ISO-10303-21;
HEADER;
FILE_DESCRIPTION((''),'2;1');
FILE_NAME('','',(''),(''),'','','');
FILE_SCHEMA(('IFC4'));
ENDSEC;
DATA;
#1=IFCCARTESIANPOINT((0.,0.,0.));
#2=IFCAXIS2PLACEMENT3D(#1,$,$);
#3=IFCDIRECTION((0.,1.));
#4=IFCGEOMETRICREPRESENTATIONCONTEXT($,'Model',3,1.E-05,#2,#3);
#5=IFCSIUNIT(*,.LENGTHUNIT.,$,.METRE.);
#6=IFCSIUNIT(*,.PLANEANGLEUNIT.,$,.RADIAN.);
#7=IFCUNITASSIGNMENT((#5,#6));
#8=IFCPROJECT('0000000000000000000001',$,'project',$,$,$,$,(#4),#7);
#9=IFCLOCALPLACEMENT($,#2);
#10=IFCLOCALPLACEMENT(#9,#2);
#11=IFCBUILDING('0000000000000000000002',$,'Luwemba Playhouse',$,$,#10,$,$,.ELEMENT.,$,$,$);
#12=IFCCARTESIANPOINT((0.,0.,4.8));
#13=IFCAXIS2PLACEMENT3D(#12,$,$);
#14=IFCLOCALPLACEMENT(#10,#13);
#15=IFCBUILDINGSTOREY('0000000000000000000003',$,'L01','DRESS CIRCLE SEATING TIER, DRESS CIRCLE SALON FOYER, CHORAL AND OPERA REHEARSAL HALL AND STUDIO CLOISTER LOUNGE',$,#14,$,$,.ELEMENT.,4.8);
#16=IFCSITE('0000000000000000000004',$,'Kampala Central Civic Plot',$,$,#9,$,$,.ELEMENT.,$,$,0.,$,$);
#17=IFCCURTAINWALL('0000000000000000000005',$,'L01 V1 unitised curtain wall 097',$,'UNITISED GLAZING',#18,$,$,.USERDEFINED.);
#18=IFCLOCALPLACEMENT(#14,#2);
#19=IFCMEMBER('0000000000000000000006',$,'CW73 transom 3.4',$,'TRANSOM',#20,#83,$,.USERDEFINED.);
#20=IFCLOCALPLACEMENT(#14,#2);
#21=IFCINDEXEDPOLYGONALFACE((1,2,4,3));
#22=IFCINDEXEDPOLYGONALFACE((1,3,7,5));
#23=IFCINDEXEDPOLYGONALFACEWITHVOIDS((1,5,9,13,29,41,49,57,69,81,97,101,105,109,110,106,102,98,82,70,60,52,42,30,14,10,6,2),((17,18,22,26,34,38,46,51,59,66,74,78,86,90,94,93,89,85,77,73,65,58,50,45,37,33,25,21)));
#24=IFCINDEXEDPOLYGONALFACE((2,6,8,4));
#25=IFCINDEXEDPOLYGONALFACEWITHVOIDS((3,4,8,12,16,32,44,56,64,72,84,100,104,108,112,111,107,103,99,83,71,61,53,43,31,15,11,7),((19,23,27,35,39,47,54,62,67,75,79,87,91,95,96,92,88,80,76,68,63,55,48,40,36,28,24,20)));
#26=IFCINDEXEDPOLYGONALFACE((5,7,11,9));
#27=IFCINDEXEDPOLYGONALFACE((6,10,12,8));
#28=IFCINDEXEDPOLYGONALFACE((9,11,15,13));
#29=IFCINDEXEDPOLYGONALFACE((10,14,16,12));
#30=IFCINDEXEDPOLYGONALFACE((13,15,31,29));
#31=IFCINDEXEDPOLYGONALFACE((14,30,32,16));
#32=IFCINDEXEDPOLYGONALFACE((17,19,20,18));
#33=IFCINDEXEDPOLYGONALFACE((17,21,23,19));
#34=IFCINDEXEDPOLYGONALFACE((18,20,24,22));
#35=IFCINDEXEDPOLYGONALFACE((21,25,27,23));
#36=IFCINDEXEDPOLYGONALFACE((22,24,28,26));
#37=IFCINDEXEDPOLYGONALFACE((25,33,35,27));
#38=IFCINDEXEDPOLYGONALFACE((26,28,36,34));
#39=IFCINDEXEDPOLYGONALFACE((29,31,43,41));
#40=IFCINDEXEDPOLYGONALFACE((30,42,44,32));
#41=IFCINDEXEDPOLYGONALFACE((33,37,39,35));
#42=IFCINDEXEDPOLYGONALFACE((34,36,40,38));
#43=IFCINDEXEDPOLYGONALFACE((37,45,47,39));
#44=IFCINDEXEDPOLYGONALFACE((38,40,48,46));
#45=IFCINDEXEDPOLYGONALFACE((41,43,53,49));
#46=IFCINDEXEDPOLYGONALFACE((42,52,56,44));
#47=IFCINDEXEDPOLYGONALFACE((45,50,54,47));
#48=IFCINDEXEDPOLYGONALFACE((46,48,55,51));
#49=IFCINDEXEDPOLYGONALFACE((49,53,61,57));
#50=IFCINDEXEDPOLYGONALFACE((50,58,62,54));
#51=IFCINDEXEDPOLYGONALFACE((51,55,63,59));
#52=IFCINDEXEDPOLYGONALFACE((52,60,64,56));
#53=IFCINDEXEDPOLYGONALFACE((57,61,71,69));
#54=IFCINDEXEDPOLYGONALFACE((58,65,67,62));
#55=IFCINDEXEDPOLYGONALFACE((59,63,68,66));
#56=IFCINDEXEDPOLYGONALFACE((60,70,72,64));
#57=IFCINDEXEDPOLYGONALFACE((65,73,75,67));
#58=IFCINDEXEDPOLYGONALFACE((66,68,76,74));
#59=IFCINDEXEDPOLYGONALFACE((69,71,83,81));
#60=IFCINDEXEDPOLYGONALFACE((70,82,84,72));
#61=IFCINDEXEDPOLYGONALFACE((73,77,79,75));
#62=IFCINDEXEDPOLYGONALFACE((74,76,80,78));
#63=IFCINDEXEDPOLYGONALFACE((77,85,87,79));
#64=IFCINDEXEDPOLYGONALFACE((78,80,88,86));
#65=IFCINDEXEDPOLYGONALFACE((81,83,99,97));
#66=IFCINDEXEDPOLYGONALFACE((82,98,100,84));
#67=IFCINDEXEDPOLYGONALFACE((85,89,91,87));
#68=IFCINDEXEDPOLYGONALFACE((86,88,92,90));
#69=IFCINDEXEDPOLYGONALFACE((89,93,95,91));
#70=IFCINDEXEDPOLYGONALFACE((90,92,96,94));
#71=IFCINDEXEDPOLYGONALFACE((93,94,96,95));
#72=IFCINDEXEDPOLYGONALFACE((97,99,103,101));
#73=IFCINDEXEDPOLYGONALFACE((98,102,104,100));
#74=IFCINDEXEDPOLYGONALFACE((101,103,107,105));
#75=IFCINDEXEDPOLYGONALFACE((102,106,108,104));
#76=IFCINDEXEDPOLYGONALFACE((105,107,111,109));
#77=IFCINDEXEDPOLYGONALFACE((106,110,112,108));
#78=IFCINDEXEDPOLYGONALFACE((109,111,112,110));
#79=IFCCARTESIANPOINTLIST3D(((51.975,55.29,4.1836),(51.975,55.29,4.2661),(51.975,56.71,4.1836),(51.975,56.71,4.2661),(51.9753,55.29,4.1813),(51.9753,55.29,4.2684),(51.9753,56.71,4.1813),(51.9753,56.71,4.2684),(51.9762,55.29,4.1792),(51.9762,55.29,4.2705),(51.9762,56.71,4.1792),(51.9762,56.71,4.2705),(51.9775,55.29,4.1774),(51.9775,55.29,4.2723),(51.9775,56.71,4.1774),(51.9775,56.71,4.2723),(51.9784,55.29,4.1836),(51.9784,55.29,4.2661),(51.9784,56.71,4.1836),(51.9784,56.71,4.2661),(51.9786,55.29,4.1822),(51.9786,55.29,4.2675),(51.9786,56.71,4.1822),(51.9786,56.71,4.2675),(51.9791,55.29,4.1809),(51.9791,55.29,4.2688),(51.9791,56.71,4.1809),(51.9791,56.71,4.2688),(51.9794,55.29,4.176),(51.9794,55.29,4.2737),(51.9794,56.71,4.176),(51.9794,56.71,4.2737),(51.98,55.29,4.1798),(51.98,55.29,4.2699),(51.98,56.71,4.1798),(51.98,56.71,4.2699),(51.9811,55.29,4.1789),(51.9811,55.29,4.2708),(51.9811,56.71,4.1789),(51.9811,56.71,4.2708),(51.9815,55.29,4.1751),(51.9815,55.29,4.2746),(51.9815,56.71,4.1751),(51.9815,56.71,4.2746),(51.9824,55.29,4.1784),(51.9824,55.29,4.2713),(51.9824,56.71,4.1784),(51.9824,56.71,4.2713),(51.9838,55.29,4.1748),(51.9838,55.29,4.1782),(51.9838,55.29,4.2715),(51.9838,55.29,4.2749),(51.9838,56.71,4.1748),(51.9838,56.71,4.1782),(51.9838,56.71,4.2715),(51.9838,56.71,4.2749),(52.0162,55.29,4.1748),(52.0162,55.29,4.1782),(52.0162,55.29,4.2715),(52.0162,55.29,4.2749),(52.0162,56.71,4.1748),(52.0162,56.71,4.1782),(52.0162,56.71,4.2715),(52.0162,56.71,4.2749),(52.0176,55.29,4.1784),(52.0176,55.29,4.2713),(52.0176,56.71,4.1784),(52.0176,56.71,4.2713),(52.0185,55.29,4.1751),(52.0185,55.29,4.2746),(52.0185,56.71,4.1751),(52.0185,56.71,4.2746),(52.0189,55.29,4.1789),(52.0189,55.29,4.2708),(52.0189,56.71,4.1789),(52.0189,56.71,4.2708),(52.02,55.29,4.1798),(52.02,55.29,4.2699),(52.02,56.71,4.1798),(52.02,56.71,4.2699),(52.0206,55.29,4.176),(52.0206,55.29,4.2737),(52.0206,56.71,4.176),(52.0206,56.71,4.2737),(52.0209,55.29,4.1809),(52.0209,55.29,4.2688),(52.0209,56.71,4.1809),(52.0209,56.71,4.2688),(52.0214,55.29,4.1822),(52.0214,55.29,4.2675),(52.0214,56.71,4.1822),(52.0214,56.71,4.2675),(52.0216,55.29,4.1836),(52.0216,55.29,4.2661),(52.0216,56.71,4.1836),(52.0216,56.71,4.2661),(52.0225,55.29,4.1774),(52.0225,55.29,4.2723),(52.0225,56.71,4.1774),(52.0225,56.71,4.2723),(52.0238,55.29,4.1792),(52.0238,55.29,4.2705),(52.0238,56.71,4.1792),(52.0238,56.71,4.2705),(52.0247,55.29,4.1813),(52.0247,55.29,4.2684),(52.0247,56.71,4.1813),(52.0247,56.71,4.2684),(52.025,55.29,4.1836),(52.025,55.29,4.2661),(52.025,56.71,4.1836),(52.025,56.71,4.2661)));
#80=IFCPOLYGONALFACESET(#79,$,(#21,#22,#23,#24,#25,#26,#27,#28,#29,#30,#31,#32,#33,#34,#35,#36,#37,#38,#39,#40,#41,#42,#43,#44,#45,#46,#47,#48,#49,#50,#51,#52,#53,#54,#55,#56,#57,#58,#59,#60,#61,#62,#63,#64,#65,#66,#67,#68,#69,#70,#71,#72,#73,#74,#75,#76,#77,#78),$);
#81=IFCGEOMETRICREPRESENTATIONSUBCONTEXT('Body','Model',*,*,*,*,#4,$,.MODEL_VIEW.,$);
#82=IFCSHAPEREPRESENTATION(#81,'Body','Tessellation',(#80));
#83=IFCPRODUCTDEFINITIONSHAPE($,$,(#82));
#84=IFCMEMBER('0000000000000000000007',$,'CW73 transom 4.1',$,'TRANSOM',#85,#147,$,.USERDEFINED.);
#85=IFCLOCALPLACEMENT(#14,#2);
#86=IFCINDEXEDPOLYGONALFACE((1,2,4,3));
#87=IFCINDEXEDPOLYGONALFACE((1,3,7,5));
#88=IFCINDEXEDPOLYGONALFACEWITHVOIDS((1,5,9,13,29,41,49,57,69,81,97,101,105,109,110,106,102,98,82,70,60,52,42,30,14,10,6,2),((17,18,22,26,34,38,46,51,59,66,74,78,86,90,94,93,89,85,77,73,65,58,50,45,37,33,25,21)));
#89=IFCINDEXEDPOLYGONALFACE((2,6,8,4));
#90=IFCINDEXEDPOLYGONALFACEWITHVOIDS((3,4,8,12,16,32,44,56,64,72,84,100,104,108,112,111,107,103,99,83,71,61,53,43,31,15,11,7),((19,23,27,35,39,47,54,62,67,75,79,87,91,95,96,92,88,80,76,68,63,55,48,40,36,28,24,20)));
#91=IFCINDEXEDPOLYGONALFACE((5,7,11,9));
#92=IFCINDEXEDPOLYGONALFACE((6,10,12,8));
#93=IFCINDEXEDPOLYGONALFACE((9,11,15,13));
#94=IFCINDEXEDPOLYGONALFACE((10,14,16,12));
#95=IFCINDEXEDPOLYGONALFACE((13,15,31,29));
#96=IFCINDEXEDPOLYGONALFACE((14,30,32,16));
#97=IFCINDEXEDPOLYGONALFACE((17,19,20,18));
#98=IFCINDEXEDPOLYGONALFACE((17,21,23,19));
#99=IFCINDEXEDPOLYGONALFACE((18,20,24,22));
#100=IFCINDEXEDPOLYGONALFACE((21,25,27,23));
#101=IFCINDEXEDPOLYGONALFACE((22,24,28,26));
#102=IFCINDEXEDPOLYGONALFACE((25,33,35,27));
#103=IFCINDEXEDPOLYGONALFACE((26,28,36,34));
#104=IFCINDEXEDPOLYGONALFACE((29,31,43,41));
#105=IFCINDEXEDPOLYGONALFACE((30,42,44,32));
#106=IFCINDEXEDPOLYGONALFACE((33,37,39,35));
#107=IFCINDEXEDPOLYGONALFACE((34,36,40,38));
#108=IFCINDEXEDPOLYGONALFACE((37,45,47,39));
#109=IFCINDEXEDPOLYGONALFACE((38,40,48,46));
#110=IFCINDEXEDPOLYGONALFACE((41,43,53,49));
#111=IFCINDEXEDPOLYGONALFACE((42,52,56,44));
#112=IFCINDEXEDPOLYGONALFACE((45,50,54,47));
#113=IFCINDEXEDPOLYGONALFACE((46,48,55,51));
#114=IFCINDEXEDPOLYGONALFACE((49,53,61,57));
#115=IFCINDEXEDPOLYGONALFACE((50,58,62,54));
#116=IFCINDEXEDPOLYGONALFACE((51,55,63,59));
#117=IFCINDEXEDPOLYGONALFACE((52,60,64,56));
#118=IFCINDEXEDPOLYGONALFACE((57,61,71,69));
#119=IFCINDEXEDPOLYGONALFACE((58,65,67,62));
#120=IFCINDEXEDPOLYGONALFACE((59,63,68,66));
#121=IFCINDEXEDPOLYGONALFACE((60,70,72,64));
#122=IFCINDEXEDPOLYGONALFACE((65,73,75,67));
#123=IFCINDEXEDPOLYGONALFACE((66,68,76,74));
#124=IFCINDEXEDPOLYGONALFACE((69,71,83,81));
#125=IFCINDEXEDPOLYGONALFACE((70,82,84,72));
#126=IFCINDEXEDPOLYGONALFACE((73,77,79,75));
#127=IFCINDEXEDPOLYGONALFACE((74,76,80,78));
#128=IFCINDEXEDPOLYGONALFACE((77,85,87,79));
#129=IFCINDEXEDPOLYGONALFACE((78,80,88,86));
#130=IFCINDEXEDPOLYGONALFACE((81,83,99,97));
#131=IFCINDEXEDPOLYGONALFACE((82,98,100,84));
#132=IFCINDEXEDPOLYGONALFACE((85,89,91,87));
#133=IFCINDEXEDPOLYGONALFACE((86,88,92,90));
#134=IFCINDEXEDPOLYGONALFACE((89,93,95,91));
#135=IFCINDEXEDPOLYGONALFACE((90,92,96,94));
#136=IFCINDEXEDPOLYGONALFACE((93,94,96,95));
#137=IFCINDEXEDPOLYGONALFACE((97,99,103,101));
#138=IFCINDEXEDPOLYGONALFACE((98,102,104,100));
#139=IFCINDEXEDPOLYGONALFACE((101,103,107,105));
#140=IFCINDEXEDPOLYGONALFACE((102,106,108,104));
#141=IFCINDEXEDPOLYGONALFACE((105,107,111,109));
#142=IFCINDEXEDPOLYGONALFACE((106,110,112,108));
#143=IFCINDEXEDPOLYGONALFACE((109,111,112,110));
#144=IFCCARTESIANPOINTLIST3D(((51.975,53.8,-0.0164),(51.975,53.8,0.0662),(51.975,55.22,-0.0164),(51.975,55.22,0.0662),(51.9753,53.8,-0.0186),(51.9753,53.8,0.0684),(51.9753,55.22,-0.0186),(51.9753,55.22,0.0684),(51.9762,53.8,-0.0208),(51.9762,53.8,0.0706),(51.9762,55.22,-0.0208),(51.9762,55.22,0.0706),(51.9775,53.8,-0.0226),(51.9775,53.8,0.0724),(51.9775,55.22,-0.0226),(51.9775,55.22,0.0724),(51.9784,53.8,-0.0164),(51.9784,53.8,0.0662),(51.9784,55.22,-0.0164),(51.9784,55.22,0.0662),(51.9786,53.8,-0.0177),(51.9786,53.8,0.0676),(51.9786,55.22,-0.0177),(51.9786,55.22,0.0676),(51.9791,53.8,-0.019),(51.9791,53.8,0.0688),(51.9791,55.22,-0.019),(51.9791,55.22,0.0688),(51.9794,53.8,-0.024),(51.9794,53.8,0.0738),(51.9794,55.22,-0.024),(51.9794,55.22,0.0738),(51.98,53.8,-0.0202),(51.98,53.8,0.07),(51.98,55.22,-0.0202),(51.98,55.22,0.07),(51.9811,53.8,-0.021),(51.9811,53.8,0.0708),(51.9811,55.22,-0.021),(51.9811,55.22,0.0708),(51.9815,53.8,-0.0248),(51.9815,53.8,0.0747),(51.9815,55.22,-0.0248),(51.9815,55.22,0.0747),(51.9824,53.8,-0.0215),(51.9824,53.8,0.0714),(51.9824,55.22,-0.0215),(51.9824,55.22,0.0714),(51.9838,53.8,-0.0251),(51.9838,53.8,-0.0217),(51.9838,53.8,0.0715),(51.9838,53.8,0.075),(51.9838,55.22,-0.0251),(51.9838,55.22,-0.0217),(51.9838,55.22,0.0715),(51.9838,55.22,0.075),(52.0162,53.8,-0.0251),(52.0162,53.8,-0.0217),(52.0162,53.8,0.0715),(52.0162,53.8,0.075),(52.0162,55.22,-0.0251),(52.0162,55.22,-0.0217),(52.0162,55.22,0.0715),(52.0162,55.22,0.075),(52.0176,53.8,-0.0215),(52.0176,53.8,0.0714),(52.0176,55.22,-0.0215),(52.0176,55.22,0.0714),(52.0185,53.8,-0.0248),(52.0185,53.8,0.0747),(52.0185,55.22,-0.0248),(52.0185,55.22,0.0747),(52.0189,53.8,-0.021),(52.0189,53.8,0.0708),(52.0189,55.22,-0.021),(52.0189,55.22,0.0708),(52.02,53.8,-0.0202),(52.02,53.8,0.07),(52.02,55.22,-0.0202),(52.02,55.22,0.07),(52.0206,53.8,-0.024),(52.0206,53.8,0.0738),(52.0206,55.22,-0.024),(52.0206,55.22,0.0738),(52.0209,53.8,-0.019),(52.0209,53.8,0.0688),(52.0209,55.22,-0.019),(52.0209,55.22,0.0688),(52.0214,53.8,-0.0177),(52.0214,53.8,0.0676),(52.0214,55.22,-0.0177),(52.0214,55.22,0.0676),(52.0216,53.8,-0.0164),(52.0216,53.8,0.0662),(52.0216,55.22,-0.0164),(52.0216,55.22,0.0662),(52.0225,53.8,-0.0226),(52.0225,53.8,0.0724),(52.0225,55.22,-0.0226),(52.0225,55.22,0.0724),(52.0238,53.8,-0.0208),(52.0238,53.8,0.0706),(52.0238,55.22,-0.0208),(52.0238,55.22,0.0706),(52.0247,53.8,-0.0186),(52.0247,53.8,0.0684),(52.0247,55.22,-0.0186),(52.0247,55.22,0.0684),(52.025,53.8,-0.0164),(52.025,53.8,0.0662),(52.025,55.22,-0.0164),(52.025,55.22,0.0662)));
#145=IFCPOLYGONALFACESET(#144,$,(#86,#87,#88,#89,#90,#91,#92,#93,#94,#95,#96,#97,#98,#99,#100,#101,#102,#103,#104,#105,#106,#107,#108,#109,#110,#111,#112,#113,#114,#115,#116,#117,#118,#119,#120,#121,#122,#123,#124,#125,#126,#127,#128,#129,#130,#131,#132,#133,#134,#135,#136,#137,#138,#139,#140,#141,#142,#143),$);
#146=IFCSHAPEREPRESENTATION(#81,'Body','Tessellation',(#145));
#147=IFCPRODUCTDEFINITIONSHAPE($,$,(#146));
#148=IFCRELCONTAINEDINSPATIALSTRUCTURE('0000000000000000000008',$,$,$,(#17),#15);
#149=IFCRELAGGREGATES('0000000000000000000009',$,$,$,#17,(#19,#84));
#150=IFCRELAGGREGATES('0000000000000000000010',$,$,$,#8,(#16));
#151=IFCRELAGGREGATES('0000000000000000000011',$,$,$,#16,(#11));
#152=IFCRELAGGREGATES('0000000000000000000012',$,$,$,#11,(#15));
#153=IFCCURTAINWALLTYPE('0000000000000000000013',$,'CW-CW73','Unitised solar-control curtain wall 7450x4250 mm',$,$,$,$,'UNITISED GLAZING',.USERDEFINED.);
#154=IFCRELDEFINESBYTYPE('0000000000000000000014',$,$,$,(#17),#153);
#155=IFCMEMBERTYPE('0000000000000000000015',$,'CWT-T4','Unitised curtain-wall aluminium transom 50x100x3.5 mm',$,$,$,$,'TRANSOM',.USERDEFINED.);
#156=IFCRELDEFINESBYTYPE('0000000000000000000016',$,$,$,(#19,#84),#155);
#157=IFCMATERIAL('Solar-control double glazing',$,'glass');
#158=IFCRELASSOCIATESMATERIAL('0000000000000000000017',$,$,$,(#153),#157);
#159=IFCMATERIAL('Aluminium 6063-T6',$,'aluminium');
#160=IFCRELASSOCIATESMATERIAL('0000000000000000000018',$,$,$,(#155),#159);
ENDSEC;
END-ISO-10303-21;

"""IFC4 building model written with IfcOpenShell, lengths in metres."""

from ifc_helpers import new_model, si_unit, direction, frame, origin, origin_2d, place, context, subcontext, project, spatial, hollow_rectangle, extrude, material, material_profile, profile_set, type_object, element, aggregate, save


model = new_model("IFC4")

# Units and contexts
model_context = context("Model", 3, precision=1e-05, world=origin(), true_north=direction((0.0, 1.0)))
body_context = subcontext(model_context, "Body", "Model", "MODEL_VIEW")
ifc_project = project(units=[si_unit("LENGTHUNIT", "METRE"), si_unit("PLANEANGLEUNIT", "RADIAN")], contexts=[model_context])

# Site, building, storey
site_placement = place(None, origin())
site = spatial("IfcSite", under=ifc_project, at=site_placement, Name="Kampala Central Civic Plot", CompositionType="ELEMENT", RefElevation=0.0)
building_placement = place(site_placement, origin())
building = spatial("IfcBuilding", under=site, at=building_placement, Name="Luwemba Playhouse", CompositionType="ELEMENT")
storey_placement = place(building_placement, frame((0.0, 0.0, 4.8)))
storey = spatial("IfcBuildingStorey", under=building, at=storey_placement, Name="L01", Description="DRESS CIRCLE SEATING TIER, DRESS CIRCLE SALON FOYER, CHORAL AND OPERA REHEARSAL HALL AND STUDIO CLOISTER LOUNGE", CompositionType="ELEMENT", Elevation=4.8)

# Curtain wall, members
ifc_material_1 = material(Name="Solar-control double glazing", Category="glass")
curtain_wall_type = type_object("IfcCurtainWallType", Name="CW-CW73", Description="Unitised solar-control curtain wall 7450x4250 mm", ElementType="UNITISED GLAZING", PredefinedType="USERDEFINED", material=ifc_material_1)
curtain_wall_placement = place(storey_placement, origin())
curtain_wall = element("IfcCurtainWall", 1, at=curtain_wall_placement, inside=storey, type_object=curtain_wall_type, Name="L01 V1 unitised curtain wall 097", ObjectType="UNITISED GLAZING", PredefinedType="USERDEFINED")
ifc_material_2 = material(Name="Aluminium 6063-T6", Category="aluminium")
ifc_material_profile_1 = material_profile(ifc_material_2, hollow_rectangle(XDim=0.05, YDim=0.1001, WallThickness=0.0034, InnerFilletRadius=0.0054, OuterFilletRadius=0.0088, at=origin_2d()))
ifc_profile_set_1 = profile_set([ifc_material_profile_1], Name="Aluminium 6063-T6")
member_type_1 = type_object("IfcMemberType", Name="CWT-T4", Description="Unitised curtain-wall aluminium transom 50x100x3.5 mm", ElementType="TRANSOM", PredefinedType="USERDEFINED", material=ifc_profile_set_1)
member_1_placement = place(storey_placement, frame((52.0, 56.71, 4.2249), z_axis=(0.0, -1.0, 0.0), x_axis=(1.0, 0.0, 0.0)))
member_1 = element("IfcMember", 2, at=member_1_placement, type_object=member_type_1, Name="CW73 transom 3.4", ObjectType="TRANSOM", PredefinedType="USERDEFINED", context=body_context, shape_type="SweptSolid", body=[
    extrude(hollow_rectangle(XDim=0.05, YDim=0.1001, WallThickness=0.0034, InnerFilletRadius=0.0054, OuterFilletRadius=0.0088, at=origin_2d()), origin(), (0.0, 0.0, 1.0), 1.4199),
])
member_2_placement = place(storey_placement, frame((52.0, 55.22, 0.0249), z_axis=(0.0, -1.0, 0.0), x_axis=(1.0, 0.0, 0.0)))
member_2 = element("IfcMember", 3, at=member_2_placement, type_object=member_type_1, Name="CW73 transom 4.1", ObjectType="TRANSOM", PredefinedType="USERDEFINED", context=body_context, shape_type="SweptSolid", body=[
    extrude(hollow_rectangle(XDim=0.05, YDim=0.1001, WallThickness=0.0034, InnerFilletRadius=0.0054, OuterFilletRadius=0.0088, at=origin_2d()), origin(), (0.0, 0.0, 1.0), 1.4199),
])
aggregate(curtain_wall, [member_1, member_2])

save(model, "model.ifc")
